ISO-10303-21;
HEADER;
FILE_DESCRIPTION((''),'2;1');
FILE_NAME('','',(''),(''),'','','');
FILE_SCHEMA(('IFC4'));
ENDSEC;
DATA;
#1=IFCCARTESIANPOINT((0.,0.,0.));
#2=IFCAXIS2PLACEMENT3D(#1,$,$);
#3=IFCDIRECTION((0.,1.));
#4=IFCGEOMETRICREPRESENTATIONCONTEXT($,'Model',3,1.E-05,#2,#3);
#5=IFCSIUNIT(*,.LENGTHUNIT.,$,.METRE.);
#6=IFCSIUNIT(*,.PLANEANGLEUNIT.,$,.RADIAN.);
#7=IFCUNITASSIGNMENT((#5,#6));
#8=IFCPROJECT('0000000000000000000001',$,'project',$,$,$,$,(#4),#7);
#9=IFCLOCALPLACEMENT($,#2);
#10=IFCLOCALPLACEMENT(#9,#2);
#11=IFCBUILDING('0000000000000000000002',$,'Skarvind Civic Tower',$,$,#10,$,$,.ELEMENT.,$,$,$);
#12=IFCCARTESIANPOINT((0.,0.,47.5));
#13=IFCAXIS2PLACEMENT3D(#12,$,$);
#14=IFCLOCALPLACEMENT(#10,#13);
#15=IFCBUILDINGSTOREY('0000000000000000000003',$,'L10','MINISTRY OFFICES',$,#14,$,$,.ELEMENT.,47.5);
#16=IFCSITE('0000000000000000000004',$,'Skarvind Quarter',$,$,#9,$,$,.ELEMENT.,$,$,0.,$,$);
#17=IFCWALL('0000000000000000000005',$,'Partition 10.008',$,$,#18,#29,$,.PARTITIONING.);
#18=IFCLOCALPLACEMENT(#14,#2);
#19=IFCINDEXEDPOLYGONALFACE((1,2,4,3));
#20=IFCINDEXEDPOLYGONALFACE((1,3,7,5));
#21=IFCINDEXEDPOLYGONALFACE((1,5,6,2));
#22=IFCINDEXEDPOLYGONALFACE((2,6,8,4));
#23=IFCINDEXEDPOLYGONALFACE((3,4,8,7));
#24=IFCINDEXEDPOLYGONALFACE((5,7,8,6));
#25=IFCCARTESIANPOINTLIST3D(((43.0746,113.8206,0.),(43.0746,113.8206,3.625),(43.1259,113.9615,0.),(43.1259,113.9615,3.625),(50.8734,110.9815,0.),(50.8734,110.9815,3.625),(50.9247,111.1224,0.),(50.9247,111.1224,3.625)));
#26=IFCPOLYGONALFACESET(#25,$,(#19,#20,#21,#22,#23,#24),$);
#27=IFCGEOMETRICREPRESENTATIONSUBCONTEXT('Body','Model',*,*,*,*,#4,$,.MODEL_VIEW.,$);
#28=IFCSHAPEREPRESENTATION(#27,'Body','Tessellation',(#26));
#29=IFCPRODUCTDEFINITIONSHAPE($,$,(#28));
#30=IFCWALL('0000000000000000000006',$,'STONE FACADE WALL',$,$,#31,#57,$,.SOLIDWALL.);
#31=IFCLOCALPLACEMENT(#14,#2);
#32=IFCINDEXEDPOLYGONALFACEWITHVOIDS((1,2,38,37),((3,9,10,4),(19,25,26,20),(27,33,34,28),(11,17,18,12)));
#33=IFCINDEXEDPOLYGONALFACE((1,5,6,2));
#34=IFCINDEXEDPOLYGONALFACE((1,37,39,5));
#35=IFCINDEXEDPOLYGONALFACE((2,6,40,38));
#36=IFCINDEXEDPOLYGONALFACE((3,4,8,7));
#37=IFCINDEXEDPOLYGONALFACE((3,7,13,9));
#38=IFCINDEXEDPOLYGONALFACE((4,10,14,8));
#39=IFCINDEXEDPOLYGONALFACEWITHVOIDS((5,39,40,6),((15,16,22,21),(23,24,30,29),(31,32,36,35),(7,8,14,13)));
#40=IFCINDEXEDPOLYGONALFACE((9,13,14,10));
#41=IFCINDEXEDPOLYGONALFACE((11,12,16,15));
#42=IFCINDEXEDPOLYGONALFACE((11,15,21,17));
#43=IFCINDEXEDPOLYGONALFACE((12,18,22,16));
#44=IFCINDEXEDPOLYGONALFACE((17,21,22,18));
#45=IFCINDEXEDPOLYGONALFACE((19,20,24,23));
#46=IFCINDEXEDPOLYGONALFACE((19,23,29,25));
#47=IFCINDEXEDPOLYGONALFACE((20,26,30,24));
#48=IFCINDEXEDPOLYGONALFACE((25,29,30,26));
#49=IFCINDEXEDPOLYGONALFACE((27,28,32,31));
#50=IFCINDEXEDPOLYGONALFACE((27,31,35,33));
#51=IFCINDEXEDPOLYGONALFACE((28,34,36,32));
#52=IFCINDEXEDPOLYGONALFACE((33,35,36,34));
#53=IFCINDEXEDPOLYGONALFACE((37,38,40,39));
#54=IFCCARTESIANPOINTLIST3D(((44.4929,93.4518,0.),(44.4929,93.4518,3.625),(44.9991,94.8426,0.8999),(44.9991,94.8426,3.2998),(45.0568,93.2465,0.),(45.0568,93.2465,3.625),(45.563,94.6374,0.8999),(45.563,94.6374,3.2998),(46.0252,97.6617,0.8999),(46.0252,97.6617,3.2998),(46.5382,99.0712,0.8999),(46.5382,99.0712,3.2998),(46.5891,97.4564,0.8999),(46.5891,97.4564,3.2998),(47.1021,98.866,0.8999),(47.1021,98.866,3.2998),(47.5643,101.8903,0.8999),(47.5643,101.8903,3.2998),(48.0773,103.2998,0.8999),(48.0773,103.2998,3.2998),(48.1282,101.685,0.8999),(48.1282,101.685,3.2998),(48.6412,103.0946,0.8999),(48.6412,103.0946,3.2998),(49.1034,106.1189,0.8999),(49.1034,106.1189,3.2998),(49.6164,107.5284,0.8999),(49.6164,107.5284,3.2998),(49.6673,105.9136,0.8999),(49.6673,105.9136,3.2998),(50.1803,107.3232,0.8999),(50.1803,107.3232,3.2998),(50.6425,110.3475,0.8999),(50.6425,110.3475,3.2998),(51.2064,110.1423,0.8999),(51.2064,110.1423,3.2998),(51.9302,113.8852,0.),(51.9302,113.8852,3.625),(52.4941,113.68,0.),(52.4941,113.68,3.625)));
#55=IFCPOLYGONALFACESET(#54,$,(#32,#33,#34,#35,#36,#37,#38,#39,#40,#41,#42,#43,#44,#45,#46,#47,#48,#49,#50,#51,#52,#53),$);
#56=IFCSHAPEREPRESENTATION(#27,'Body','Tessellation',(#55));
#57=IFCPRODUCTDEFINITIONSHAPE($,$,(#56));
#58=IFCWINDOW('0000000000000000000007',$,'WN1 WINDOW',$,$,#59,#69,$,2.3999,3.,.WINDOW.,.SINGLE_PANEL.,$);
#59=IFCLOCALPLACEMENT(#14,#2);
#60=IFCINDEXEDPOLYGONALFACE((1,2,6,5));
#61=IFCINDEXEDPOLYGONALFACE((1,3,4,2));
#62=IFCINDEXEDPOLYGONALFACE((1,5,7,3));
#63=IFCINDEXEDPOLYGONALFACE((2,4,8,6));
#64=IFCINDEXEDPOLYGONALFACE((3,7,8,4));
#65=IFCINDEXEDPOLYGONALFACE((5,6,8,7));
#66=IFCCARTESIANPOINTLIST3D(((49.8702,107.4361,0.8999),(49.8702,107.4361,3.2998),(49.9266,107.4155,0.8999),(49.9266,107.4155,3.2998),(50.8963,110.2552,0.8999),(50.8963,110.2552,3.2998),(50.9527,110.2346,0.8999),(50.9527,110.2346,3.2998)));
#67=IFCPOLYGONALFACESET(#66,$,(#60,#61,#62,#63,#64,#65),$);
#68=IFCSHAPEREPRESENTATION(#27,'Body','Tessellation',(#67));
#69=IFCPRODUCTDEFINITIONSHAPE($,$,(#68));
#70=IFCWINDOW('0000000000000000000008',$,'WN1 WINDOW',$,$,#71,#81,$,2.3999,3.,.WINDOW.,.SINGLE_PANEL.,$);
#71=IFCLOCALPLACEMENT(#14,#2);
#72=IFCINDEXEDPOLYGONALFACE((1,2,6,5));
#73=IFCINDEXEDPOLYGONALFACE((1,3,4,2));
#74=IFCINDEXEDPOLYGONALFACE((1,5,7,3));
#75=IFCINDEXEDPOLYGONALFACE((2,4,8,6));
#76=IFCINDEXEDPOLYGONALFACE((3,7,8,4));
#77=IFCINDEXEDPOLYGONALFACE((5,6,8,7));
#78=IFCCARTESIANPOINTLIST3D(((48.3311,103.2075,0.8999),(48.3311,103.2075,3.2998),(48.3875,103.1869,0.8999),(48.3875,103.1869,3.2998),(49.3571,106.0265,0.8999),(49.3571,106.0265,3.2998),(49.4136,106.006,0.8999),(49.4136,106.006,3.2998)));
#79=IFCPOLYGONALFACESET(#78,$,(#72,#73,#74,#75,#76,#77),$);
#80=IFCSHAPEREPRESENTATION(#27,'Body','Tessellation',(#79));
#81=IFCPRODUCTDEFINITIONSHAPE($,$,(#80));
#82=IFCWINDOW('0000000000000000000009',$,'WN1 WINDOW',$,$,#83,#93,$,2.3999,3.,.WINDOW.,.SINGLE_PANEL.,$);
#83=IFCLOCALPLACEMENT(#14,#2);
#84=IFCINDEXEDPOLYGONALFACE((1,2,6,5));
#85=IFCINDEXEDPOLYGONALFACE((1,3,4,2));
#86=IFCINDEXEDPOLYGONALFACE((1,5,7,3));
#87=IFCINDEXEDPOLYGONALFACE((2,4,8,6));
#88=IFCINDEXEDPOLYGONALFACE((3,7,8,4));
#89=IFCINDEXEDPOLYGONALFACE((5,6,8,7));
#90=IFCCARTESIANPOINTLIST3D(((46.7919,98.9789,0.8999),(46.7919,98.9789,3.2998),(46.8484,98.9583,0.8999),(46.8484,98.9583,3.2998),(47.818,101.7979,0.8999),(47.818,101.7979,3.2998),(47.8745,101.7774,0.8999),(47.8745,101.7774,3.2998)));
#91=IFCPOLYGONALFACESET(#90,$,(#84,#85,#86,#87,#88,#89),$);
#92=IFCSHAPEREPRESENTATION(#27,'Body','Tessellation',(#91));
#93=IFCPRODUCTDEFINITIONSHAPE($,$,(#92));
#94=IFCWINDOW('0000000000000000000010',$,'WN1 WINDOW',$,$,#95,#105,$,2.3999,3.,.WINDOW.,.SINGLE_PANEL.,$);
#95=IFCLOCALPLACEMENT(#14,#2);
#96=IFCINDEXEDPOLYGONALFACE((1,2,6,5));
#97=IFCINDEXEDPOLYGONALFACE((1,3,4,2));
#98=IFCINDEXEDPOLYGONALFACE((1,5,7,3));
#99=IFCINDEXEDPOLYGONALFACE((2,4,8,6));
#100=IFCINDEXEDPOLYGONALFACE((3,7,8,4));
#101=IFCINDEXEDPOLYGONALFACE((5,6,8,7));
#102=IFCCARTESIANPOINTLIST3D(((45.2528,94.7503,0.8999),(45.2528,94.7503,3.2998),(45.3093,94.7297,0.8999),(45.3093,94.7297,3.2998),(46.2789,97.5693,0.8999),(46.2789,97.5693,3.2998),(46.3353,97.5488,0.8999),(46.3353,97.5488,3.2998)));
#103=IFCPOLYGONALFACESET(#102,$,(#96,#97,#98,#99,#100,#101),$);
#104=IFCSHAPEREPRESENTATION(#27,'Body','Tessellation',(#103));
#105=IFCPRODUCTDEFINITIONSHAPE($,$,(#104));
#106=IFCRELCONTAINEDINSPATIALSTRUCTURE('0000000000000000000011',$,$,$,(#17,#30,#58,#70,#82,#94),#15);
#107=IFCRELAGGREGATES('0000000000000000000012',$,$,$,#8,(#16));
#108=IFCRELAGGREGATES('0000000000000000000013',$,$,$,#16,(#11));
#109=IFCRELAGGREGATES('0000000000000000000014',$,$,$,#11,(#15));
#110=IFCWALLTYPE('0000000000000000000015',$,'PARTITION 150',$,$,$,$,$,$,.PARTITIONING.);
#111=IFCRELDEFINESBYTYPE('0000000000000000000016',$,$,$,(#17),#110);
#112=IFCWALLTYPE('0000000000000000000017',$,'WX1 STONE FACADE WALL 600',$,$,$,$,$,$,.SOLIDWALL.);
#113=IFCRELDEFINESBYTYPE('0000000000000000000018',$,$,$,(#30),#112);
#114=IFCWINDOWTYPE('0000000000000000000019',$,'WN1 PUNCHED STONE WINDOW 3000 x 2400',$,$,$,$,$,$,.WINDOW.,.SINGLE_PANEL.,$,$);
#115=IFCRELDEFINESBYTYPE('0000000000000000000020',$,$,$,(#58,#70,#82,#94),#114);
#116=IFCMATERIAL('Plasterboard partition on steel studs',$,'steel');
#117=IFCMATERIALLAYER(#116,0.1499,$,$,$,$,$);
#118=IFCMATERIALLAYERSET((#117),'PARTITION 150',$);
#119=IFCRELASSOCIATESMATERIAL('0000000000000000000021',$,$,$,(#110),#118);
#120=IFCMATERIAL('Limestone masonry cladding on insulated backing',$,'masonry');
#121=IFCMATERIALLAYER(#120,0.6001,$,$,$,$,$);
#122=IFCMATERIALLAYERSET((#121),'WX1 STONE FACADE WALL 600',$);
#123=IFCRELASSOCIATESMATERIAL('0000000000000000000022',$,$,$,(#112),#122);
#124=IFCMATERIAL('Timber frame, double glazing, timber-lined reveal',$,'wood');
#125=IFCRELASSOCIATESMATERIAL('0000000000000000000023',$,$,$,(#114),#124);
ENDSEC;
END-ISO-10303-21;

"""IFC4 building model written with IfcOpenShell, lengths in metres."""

from ifc_helpers import new_model, si_unit, direction, frame, frame_2d, origin, place, context, subcontext, project, spatial, rectangle, extrude, material, layer, layer_set, type_object, element, fill, save


model = new_model("IFC4")

# Units and contexts
model_context = context("Model", 3, precision=1e-05, world=origin(), true_north=direction((0.0, 1.0)))
body_context = subcontext(model_context, "Body", "Model", "MODEL_VIEW")
ifc_project = project(units=[si_unit("LENGTHUNIT", "METRE"), si_unit("PLANEANGLEUNIT", "RADIAN")], contexts=[model_context])

# Site, building, storey
site_placement = place(None, origin())
site = spatial("IfcSite", under=ifc_project, at=site_placement, Name="Skarvind Quarter", CompositionType="ELEMENT", RefElevation=0.0)
building_placement = place(site_placement, origin())
building = spatial("IfcBuilding", under=site, at=building_placement, Name="Skarvind Civic Tower", CompositionType="ELEMENT")
storey_placement = place(building_placement, frame((0.0, 0.0, 47.5)))
storey = spatial("IfcBuildingStorey", under=building, at=storey_placement, Name="L10", Description="MINISTRY OFFICES", CompositionType="ELEMENT", Elevation=47.5)

# Shared definitions
ifc_material_1 = material(Name="Plasterboard partition on steel studs", Category="steel")
ifc_layer_1 = layer(ifc_material_1, 0.1499)
ifc_layer_set_1 = layer_set([ifc_layer_1], Name="PARTITION 150")
wall_type_1 = type_object("IfcWallType", Name="PARTITION 150", PredefinedType="PARTITIONING", material=ifc_layer_set_1)

# Wall
wall_1_placement = place(storey_placement, frame((43.1001, 113.8911, 0.0), z_axis=(0.0, 0.0, 1.0), x_axis=(0.939671, -0.342081, 0.0)))
element("IfcWall", 1, at=wall_1_placement, inside=storey, type_object=wall_type_1, Name="Partition 10.008", PredefinedType="PARTITIONING", context=body_context, shape_type="SweptSolid", body=[
    extrude(rectangle(XDim=8.2996, YDim=0.1499, at=frame_2d((4.1499, 0.0))), origin(), (0.0, 0.0, 1.0), 3.625),
])

# Wall, openings, windows
ifc_material_2 = material(Name="Limestone masonry cladding on insulated backing", Category="masonry")
ifc_layer_2 = layer(ifc_material_2, 0.6001)
ifc_layer_set_2 = layer_set([ifc_layer_2], Name="WX1 STONE FACADE WALL 600")
wall_type_2 = type_object("IfcWallType", Name="WX1 STONE FACADE WALL 600", PredefinedType="SOLIDWALL", material=ifc_layer_set_2)
wall_2_placement = place(storey_placement, frame((52.2122, 113.7827, 0.0), z_axis=(0.0, 0.0, 1.0), x_axis=(-0.342025, -0.939691, 0.0)))
wall_2 = element("IfcWall", 2, at=wall_2_placement, inside=storey, type_object=wall_type_2, Name="STONE FACADE WALL", PredefinedType="SOLIDWALL", context=body_context, shape_type="SweptSolid", body=[
    extrude(rectangle(XDim=21.7449, YDim=0.6001, at=frame_2d((10.8726, 0.0))), origin(), (0.0, 0.0, 1.0), 3.625),
])
opening_1_placement = place(wall_2_placement, frame((3.7649, 0.0, 0.8999)))
opening_1 = element("IfcOpeningElement", 3, at=opening_1_placement, cuts=wall_2, PredefinedType="OPENING", context=body_context, shape_type="SweptSolid", body=[
    extrude(rectangle(XDim=3.0, YDim=2.3999, at=frame_2d((1.5, 1.2))), frame((0.0, 0.3101, 0.0), z_axis=(0.0, -1.0, 0.0), x_axis=(1.0, 0.0, 0.0)), (0.0, 0.0, 1.0), 0.6201),
])
opening_2_placement = place(wall_2_placement, frame((8.2649, 0.0, 0.8999)))
opening_2 = element("IfcOpeningElement", 4, at=opening_2_placement, cuts=wall_2, PredefinedType="OPENING", context=body_context, shape_type="SweptSolid", body=[
    extrude(rectangle(XDim=3.0, YDim=2.3999, at=frame_2d((1.5, 1.2))), frame((0.0, 0.3101, 0.0), z_axis=(0.0, -1.0, 0.0), x_axis=(1.0, 0.0, 0.0)), (0.0, 0.0, 1.0), 0.6201),
])
opening_3_placement = place(wall_2_placement, frame((12.7649, 0.0, 0.8999)))
opening_3 = element("IfcOpeningElement", 5, at=opening_3_placement, cuts=wall_2, PredefinedType="OPENING", context=body_context, shape_type="SweptSolid", body=[
    extrude(rectangle(XDim=3.0, YDim=2.3999, at=frame_2d((1.5, 1.2))), frame((0.0, 0.3101, 0.0), z_axis=(0.0, -1.0, 0.0), x_axis=(1.0, 0.0, 0.0)), (0.0, 0.0, 1.0), 0.6201),
])
opening_4_placement = place(wall_2_placement, frame((17.2649, 0.0, 0.8999)))
opening_4 = element("IfcOpeningElement", 6, at=opening_4_placement, cuts=wall_2, PredefinedType="OPENING", context=body_context, shape_type="SweptSolid", body=[
    extrude(rectangle(XDim=3.0, YDim=2.3999, at=frame_2d((1.5, 1.2))), frame((0.0, 0.3101, 0.0), z_axis=(0.0, -1.0, 0.0), x_axis=(1.0, 0.0, 0.0)), (0.0, 0.0, 1.0), 0.6201),
])
ifc_material_3 = material(Name="Timber frame, double glazing, timber-lined reveal", Category="wood")
window_type = type_object("IfcWindowType", Name="WN1 PUNCHED STONE WINDOW 3000 x 2400", PartitioningType="SINGLE_PANEL", PredefinedType="WINDOW", material=ifc_material_3)
window_1_placement = place(opening_1_placement, origin())
window_1 = element("IfcWindow", 7, at=window_1_placement, inside=storey, type_object=window_type, Name="WN1 WINDOW", OverallHeight=2.3999, OverallWidth=3.0, PartitioningType="SINGLE_PANEL", PredefinedType="WINDOW", context=body_context, shape_type="SweptSolid", body=[
    extrude(rectangle(XDim=3.0, YDim=2.3999, at=frame_2d((1.5, 1.2))), frame((0.0, 0.03, 0.0), z_axis=(0.0, -1.0, 0.0), x_axis=(1.0, 0.0, 0.0)), (0.0, 0.0, 1.0), 0.0601),
])
fill(opening_1, window_1)
window_2_placement = place(opening_2_placement, origin())
window_2 = element("IfcWindow", 8, at=window_2_placement, inside=storey, type_object=window_type, Name="WN1 WINDOW", OverallHeight=2.3999, OverallWidth=3.0, PartitioningType="SINGLE_PANEL", PredefinedType="WINDOW", context=body_context, shape_type="SweptSolid", body=[
    extrude(rectangle(XDim=3.0, YDim=2.3999, at=frame_2d((1.5, 1.2))), frame((0.0, 0.03, 0.0), z_axis=(0.0, -1.0, 0.0), x_axis=(1.0, 0.0, 0.0)), (0.0, 0.0, 1.0), 0.0601),
])
fill(opening_2, window_2)
window_3_placement = place(opening_3_placement, origin())
window_3 = element("IfcWindow", 9, at=window_3_placement, inside=storey, type_object=window_type, Name="WN1 WINDOW", OverallHeight=2.3999, OverallWidth=3.0, PartitioningType="SINGLE_PANEL", PredefinedType="WINDOW", context=body_context, shape_type="SweptSolid", body=[
    extrude(rectangle(XDim=3.0, YDim=2.3999, at=frame_2d((1.5, 1.2))), frame((0.0, 0.03, 0.0), z_axis=(0.0, -1.0, 0.0), x_axis=(1.0, 0.0, 0.0)), (0.0, 0.0, 1.0), 0.0601),
])
fill(opening_3, window_3)
window_4_placement = place(opening_4_placement, origin())
window_4 = element("IfcWindow", 10, at=window_4_placement, inside=storey, type_object=window_type, Name="WN1 WINDOW", OverallHeight=2.3999, OverallWidth=3.0, PartitioningType="SINGLE_PANEL", PredefinedType="WINDOW", context=body_context, shape_type="SweptSolid", body=[
    extrude(rectangle(XDim=3.0, YDim=2.3999, at=frame_2d((1.5, 1.2))), frame((0.0, 0.03, 0.0), z_axis=(0.0, -1.0, 0.0), x_axis=(1.0, 0.0, 0.0)), (0.0, 0.0, 1.0), 0.0601),
])
fill(opening_4, window_4)

save(model, "model.ifc")
